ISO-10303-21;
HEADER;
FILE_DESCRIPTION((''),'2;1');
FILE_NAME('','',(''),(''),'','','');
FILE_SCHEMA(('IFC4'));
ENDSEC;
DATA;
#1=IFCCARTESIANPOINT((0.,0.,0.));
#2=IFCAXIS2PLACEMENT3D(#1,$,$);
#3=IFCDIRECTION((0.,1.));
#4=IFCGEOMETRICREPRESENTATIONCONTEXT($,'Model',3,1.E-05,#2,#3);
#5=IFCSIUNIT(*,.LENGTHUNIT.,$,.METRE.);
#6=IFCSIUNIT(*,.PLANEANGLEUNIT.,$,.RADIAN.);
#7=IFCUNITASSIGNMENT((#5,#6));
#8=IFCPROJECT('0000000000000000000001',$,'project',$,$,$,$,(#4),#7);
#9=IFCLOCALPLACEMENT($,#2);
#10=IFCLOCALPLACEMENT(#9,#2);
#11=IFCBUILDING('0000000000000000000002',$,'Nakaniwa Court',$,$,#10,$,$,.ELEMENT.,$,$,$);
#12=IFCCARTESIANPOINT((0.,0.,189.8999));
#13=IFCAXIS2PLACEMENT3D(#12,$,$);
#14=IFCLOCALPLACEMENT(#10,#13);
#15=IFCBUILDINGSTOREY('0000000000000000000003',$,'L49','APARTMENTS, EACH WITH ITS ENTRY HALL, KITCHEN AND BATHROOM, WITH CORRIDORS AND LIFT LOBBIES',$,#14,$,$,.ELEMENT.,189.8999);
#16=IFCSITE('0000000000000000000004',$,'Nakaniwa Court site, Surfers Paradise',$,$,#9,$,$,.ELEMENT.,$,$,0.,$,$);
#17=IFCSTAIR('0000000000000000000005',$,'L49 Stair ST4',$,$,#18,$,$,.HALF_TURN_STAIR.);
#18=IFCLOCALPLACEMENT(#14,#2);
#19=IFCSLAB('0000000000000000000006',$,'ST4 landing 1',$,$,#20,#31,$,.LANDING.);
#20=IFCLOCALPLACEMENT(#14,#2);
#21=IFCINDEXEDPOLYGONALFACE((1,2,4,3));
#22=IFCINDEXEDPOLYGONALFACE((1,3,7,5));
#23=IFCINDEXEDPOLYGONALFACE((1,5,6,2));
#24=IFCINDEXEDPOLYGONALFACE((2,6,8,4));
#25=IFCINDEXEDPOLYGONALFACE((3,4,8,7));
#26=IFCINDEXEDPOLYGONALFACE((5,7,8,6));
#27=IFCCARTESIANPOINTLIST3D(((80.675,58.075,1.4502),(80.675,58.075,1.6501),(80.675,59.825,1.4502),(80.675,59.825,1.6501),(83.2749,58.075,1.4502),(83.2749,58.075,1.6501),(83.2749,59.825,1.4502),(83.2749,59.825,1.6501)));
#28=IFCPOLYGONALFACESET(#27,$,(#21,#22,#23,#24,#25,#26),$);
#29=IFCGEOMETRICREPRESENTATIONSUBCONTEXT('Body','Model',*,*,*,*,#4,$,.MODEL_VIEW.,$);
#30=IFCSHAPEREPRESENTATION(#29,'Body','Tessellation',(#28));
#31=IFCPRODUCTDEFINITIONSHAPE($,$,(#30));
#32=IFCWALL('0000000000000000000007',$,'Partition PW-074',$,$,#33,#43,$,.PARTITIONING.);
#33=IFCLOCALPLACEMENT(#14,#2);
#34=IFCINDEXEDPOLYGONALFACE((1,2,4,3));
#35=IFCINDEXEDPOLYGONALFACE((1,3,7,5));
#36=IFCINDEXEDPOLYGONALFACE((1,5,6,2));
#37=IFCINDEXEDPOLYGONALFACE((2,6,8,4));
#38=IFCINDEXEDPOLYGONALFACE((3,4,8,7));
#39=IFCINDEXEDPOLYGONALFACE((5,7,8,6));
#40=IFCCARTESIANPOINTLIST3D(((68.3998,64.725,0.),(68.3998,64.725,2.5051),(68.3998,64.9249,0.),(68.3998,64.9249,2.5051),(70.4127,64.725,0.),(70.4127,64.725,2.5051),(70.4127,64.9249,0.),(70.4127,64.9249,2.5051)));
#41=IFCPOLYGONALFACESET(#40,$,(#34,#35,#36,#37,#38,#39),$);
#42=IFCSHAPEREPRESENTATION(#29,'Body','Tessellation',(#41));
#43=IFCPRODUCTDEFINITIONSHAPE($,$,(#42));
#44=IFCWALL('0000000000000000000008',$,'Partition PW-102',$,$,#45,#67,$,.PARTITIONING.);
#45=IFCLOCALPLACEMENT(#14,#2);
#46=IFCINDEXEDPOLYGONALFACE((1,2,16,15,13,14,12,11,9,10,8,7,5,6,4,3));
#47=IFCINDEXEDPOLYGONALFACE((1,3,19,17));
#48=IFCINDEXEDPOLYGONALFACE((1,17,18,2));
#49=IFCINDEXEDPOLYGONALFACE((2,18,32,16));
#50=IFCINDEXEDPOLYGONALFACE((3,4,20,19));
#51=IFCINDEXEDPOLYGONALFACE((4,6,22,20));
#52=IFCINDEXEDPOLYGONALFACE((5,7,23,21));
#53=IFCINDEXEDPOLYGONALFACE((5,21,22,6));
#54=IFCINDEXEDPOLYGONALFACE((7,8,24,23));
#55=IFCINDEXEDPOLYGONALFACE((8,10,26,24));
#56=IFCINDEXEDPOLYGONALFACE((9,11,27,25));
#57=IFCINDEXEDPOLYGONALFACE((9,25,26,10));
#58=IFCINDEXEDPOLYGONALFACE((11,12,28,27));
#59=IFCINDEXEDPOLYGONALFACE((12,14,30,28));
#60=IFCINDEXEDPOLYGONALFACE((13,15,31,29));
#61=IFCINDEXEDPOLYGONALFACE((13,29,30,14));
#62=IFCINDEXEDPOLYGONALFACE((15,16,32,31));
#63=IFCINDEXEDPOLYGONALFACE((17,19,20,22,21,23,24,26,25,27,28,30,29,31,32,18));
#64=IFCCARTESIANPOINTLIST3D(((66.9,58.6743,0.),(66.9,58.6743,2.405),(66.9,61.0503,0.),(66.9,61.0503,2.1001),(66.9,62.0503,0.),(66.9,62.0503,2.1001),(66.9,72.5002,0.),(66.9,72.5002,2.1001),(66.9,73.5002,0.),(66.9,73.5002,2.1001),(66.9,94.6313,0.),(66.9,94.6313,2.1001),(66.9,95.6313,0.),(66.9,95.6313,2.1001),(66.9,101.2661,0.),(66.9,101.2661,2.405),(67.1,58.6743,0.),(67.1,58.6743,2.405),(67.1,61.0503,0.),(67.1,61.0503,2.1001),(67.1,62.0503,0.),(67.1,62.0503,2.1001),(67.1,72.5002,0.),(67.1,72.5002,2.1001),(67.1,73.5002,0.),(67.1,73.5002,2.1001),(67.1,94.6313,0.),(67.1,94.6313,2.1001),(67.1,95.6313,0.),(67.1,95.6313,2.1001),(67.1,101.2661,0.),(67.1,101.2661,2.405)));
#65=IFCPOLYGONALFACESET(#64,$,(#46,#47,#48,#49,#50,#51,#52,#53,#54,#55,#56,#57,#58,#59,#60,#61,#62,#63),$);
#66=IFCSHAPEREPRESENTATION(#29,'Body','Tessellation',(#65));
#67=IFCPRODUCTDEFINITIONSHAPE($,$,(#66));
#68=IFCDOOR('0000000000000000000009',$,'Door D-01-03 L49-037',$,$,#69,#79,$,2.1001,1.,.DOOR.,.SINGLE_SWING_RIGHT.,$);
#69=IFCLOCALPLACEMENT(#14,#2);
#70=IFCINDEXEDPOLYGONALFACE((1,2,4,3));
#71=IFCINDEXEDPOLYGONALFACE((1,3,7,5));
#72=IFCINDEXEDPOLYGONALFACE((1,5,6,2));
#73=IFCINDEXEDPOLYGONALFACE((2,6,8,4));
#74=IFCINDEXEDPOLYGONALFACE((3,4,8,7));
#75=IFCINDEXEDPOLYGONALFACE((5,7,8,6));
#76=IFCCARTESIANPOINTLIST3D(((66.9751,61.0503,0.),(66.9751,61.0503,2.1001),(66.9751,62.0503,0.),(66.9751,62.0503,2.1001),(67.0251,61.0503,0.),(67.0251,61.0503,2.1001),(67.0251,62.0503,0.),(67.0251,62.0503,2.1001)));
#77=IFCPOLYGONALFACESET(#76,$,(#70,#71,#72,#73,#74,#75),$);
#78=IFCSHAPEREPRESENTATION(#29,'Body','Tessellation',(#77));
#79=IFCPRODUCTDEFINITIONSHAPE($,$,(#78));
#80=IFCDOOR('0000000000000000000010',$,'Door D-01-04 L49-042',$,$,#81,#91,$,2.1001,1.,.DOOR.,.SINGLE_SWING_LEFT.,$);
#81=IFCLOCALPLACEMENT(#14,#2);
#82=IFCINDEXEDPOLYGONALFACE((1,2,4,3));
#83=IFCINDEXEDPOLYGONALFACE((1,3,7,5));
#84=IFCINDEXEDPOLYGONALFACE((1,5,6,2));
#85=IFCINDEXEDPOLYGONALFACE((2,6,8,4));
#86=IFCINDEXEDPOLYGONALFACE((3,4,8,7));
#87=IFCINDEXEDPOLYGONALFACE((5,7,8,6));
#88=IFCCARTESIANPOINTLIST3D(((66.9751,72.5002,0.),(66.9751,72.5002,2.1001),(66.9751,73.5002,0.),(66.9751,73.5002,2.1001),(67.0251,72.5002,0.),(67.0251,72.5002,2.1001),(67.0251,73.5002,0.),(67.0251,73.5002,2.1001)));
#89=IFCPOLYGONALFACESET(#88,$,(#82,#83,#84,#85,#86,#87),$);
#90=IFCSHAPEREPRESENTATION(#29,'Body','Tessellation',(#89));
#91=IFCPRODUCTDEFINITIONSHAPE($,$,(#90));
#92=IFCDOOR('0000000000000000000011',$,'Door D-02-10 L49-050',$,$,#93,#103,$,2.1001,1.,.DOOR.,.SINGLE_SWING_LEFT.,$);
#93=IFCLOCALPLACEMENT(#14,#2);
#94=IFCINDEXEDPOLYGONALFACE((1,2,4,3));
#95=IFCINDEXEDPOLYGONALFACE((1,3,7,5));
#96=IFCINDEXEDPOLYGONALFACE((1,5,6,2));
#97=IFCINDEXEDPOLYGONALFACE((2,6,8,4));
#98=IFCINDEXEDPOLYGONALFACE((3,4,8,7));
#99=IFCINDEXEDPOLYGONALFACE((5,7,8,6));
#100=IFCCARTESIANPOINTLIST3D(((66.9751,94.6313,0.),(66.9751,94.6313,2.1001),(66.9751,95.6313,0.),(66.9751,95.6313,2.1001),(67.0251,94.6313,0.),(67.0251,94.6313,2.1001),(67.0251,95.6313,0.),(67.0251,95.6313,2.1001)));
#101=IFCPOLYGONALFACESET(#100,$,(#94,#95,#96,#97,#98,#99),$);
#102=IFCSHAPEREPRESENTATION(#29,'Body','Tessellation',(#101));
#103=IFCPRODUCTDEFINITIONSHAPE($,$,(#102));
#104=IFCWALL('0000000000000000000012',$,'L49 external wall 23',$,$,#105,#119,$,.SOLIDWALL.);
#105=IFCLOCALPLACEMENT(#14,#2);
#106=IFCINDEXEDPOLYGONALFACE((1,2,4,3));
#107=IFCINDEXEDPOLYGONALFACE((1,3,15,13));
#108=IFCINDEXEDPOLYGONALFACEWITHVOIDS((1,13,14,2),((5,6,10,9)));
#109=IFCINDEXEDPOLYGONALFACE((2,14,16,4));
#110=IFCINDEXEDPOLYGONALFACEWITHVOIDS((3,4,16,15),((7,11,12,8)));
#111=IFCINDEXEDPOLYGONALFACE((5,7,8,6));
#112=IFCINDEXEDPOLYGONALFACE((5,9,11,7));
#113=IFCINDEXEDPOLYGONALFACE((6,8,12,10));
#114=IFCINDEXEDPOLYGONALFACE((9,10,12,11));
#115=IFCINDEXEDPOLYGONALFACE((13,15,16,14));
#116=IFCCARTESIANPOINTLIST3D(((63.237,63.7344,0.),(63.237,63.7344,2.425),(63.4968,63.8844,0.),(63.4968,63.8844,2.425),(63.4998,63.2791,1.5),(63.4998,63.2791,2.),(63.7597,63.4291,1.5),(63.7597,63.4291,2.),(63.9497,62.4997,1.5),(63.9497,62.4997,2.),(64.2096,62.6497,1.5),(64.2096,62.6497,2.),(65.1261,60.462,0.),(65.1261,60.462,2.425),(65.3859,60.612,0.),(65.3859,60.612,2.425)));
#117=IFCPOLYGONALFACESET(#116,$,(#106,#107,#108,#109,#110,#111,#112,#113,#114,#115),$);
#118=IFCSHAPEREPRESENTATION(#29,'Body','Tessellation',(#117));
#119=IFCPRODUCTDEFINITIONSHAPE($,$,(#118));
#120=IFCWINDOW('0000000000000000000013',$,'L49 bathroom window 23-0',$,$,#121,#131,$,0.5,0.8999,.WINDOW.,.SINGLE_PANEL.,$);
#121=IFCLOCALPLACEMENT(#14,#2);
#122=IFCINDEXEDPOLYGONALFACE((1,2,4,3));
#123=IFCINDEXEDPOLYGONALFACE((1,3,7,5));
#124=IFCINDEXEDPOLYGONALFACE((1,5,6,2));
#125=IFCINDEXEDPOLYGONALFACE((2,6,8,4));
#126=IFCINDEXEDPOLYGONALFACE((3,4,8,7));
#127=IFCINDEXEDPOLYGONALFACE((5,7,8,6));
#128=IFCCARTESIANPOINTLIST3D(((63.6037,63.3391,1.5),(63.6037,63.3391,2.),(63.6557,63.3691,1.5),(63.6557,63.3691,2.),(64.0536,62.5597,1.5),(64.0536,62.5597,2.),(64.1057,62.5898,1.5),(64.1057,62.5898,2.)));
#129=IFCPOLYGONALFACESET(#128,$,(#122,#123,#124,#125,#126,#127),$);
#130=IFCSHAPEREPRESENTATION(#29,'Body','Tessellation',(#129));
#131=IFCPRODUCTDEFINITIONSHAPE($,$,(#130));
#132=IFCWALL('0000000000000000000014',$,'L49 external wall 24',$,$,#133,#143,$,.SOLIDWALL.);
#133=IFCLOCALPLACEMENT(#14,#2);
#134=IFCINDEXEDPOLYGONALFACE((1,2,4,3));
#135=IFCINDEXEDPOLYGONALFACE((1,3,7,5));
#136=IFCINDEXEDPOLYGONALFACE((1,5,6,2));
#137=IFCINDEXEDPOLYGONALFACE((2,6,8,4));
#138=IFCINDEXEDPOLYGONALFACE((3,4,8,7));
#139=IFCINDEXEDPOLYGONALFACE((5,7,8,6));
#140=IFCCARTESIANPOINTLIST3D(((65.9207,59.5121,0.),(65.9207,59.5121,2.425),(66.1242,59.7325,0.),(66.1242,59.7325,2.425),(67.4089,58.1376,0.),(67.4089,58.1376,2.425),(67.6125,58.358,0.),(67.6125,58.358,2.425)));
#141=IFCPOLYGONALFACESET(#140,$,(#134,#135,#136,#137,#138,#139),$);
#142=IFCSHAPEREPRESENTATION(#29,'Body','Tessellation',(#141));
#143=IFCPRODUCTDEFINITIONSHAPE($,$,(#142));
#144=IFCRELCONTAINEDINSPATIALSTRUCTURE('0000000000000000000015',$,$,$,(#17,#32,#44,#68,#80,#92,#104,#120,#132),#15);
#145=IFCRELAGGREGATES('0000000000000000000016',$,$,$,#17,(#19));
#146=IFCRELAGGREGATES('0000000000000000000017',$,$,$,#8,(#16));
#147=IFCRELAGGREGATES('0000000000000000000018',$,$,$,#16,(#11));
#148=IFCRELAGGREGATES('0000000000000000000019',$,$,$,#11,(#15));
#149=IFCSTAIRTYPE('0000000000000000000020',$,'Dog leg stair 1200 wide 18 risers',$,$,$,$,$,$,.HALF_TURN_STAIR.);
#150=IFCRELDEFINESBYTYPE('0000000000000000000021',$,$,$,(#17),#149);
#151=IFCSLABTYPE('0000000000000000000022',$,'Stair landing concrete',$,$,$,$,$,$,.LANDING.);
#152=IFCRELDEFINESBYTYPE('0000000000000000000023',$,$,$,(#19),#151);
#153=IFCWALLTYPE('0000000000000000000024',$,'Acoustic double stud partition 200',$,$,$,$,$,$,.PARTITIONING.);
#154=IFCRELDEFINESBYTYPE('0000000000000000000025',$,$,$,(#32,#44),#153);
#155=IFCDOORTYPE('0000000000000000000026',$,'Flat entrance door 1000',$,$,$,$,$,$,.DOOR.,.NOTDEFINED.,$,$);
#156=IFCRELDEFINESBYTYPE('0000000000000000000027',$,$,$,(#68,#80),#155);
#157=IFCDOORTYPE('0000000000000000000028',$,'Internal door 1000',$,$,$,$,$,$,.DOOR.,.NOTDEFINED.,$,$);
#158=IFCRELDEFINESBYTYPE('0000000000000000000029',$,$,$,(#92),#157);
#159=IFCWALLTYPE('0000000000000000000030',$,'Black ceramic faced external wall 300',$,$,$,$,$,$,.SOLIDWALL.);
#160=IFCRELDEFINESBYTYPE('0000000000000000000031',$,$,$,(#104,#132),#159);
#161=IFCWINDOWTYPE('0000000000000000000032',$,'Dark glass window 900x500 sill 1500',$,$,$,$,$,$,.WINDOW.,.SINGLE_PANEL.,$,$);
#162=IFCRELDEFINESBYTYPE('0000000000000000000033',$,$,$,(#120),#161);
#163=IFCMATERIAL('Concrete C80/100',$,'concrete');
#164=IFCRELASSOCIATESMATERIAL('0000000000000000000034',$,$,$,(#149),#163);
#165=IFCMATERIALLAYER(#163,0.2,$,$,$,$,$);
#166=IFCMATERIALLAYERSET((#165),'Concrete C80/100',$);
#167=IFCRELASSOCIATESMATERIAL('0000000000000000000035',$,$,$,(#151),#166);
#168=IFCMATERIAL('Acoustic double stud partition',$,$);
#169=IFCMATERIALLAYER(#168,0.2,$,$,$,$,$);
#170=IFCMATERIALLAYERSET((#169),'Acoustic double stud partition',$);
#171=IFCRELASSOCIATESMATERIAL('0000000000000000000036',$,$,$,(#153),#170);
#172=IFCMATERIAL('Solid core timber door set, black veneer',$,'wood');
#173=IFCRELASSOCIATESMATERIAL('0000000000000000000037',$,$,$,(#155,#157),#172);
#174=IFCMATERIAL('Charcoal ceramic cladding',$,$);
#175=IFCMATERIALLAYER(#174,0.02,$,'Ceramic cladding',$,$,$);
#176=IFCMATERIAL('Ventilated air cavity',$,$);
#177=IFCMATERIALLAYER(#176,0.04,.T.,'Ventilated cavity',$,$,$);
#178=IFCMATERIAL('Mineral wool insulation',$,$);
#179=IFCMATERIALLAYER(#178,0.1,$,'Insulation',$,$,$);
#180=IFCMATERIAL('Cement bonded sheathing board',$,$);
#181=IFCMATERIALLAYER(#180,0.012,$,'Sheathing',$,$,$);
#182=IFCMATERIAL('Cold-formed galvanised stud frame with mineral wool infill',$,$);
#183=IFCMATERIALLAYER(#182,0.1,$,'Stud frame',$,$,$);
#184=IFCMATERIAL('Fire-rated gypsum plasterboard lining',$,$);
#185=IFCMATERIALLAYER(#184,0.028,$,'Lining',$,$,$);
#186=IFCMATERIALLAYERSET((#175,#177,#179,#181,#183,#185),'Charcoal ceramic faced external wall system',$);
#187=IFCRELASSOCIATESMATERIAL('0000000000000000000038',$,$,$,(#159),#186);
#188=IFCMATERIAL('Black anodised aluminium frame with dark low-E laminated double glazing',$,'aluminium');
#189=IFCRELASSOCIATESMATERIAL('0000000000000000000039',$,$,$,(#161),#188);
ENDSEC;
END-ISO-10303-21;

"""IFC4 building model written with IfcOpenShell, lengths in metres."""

from ifc_helpers import new_model, si_unit, direction, frame, frame_2d, origin, place, context, subcontext, project, spatial, polyline, rectangle, outline, extrude, material, layer, layer_set, type_object, element, fill, aggregate, save


model = new_model("IFC4")

# Units and contexts
model_context = context("Model", 3, precision=1e-05, world=origin(), true_north=direction((0.0, 1.0)))
body_context = subcontext(model_context, "Body", "Model", "MODEL_VIEW")
ifc_project = project(units=[si_unit("LENGTHUNIT", "METRE"), si_unit("PLANEANGLEUNIT", "RADIAN")], contexts=[model_context])

# Site, building, storey
site_placement = place(None, origin())
site = spatial("IfcSite", under=ifc_project, at=site_placement, Name="Nakaniwa Court site, Surfers Paradise", CompositionType="ELEMENT", RefElevation=0.0)
building_placement = place(site_placement, origin())
building = spatial("IfcBuilding", under=site, at=building_placement, Name="Nakaniwa Court", CompositionType="ELEMENT")
storey_placement = place(building_placement, frame((0.0, 0.0, 189.8999)))
storey = spatial("IfcBuildingStorey", under=building, at=storey_placement, Name="L49", Description="APARTMENTS, EACH WITH ITS ENTRY HALL, KITCHEN AND BATHROOM, WITH CORRIDORS AND LIFT LOBBIES", CompositionType="ELEMENT", Elevation=189.8999)

# Shared definitions
ifc_material_1 = material(Name="Concrete C80/100", Category="concrete")

# Stair, slab
stair_type = type_object("IfcStairType", Name="Dog leg stair 1200 wide 18 risers", PredefinedType="HALF_TURN_STAIR", material=ifc_material_1)
ifc_layer_1 = layer(ifc_material_1, 0.2)
ifc_layer_set_1 = layer_set([ifc_layer_1], Name="Concrete C80/100")
slab_type_1 = type_object("IfcSlabType", Name="Stair landing concrete", PredefinedType="LANDING", material=ifc_layer_set_1)
stair_1_placement = place(storey_placement, origin())
stair_1 = element("IfcStair", 1, at=stair_1_placement, inside=storey, type_object=stair_type, Name="L49 Stair ST4", PredefinedType="HALF_TURN_STAIR")
slab_1_placement = place(storey_placement, frame((0.0, 0.0, 1.4502)))
slab_1 = element("IfcSlab", 2, at=slab_1_placement, type_object=slab_type_1, Name="ST4 landing 1", PredefinedType="LANDING", context=body_context, shape_type="SweptSolid", body=[
    extrude(outline(polyline([(83.2749, 58.075), (83.2749, 59.825), (80.675, 59.825), (80.675, 58.075), (83.2749, 58.075)])), origin(), (0.0, 0.0, 1.0), 0.2),
])
aggregate(stair_1, [slab_1])

# Wall
ifc_material_2 = material(Name="Acoustic double stud partition")
ifc_layer_2 = layer(ifc_material_2, 0.2)
ifc_layer_set_2 = layer_set([ifc_layer_2], Name="Acoustic double stud partition")
wall_type_1 = type_object("IfcWallType", Name="Acoustic double stud partition 200", PredefinedType="PARTITIONING", material=ifc_layer_set_2)
wall_1_placement = place(storey_placement, frame((68.3999, 64.825, 0.0), z_axis=(0.0, 0.0, 1.0), x_axis=(1.0, 0.0, 0.0)))
element("IfcWall", 3, at=wall_1_placement, inside=storey, type_object=wall_type_1, Name="Partition PW-074", PredefinedType="PARTITIONING", context=body_context, shape_type="SweptSolid", body=[
    extrude(rectangle(XDim=2.0129, YDim=0.2, at=frame_2d((1.0063, 0.0))), origin(), (0.0, 0.0, 1.0), 2.5051),
])

# Wall, openings, doors
wall_2_placement = place(storey_placement, frame((67.0, 58.6743, 0.0), z_axis=(0.0, 0.0, 1.0), x_axis=(0.0, 1.0, 0.0)))
wall_2 = element("IfcWall", 4, at=wall_2_placement, inside=storey, type_object=wall_type_1, Name="Partition PW-102", PredefinedType="PARTITIONING", context=body_context, shape_type="SweptSolid", body=[
    extrude(rectangle(XDim=42.5918, YDim=0.2, at=frame_2d((21.2959, 0.0))), origin(), (0.0, 0.0, 1.0), 2.405),
])
opening_1_placement = place(wall_2_placement, frame((2.376, 0.0, 0.0)))
opening_1 = element("IfcOpeningElement", 5, at=opening_1_placement, cuts=wall_2, PredefinedType="OPENING", context=body_context, shape_type="SweptSolid", body=[
    extrude(rectangle(XDim=1.0, YDim=2.1001, at=frame_2d((0.5, 1.05))), frame((0.0, 0.1099, 0.0), z_axis=(0.0, -1.0, 0.0), x_axis=(1.0, 0.0, 0.0)), (0.0, 0.0, 1.0), 0.22),
])
opening_2_placement = place(wall_2_placement, frame((13.8259, 0.0, 0.0)))
opening_2 = element("IfcOpeningElement", 6, at=opening_2_placement, cuts=wall_2, PredefinedType="OPENING", context=body_context, shape_type="SweptSolid", body=[
    extrude(rectangle(XDim=1.0, YDim=2.1001, at=frame_2d((0.5, 1.05))), frame((0.0, 0.1099, 0.0), z_axis=(0.0, -1.0, 0.0), x_axis=(1.0, 0.0, 0.0)), (0.0, 0.0, 1.0), 0.22),
])
opening_3_placement = place(wall_2_placement, frame((35.957, 0.0, 0.0)))
opening_3 = element("IfcOpeningElement", 7, at=opening_3_placement, cuts=wall_2, PredefinedType="OPENING", context=body_context, shape_type="SweptSolid", body=[
    extrude(rectangle(XDim=1.0, YDim=2.1001, at=frame_2d((0.5, 1.05))), frame((0.0, 0.1099, 0.0), z_axis=(0.0, -1.0, 0.0), x_axis=(1.0, 0.0, 0.0)), (0.0, 0.0, 1.0), 0.22),
])
ifc_material_3 = material(Name="Solid core timber door set, black veneer", Category="wood")
door_type_1 = type_object("IfcDoorType", Name="Flat entrance door 1000", OperationType="NOTDEFINED", PredefinedType="DOOR", material=ifc_material_3)
door_1_placement = place(opening_1_placement, origin())
door_1 = element("IfcDoor", 8, at=door_1_placement, inside=storey, type_object=door_type_1, Name="Door D-01-03 L49-037", OperationType="SINGLE_SWING_RIGHT", OverallHeight=2.1001, OverallWidth=1.0, PredefinedType="DOOR", context=body_context, shape_type="SweptSolid", body=[
    extrude(rectangle(XDim=1.0, YDim=2.1001, at=frame_2d((0.5, 1.05))), frame((0.0, 0.0249, 0.0), z_axis=(0.0, -1.0, 0.0), x_axis=(1.0, 0.0, 0.0)), (0.0, 0.0, 1.0), 0.05),
])
fill(opening_1, door_1)
door_2_placement = place(opening_2_placement, origin())
door_2 = element("IfcDoor", 9, at=door_2_placement, inside=storey, type_object=door_type_1, Name="Door D-01-04 L49-042", OperationType="SINGLE_SWING_LEFT", OverallHeight=2.1001, OverallWidth=1.0, PredefinedType="DOOR", context=body_context, shape_type="SweptSolid", body=[
    extrude(rectangle(XDim=1.0, YDim=2.1001, at=frame_2d((0.5, 1.05))), frame((0.0, 0.0249, 0.0), z_axis=(0.0, -1.0, 0.0), x_axis=(1.0, 0.0, 0.0)), (0.0, 0.0, 1.0), 0.05),
])
fill(opening_2, door_2)
door_type_2 = type_object("IfcDoorType", Name="Internal door 1000", OperationType="NOTDEFINED", PredefinedType="DOOR", material=ifc_material_3)
door_3_placement = place(opening_3_placement, origin())
door_3 = element("IfcDoor", 10, at=door_3_placement, inside=storey, type_object=door_type_2, Name="Door D-02-10 L49-050", OperationType="SINGLE_SWING_LEFT", OverallHeight=2.1001, OverallWidth=1.0, PredefinedType="DOOR", context=body_context, shape_type="SweptSolid", body=[
    extrude(rectangle(XDim=1.0, YDim=2.1001, at=frame_2d((0.5, 1.05))), frame((0.0, 0.0249, 0.0), z_axis=(0.0, -1.0, 0.0), x_axis=(1.0, 0.0, 0.0)), (0.0, 0.0, 1.0), 0.05),
])
fill(opening_3, door_3)

# Wall, opening, window
ifc_material_4 = material(Name="Charcoal ceramic cladding")
ifc_layer_3 = layer(ifc_material_4, 0.02, Name="Ceramic cladding")
ifc_material_5 = material(Name="Ventilated air cavity")
ifc_layer_4 = layer(ifc_material_5, 0.04, ventilated=True, Name="Ventilated cavity")
ifc_material_6 = material(Name="Mineral wool insulation")
ifc_layer_5 = layer(ifc_material_6, 0.1, Name="Insulation")
ifc_material_7 = material(Name="Cement bonded sheathing board")
ifc_layer_6 = layer(ifc_material_7, 0.012, Name="Sheathing")
ifc_material_8 = material(Name="Cold-formed galvanised stud frame with mineral wool infill")
ifc_layer_7 = layer(ifc_material_8, 0.1, Name="Stud frame")
ifc_material_9 = material(Name="Fire-rated gypsum plasterboard lining")
ifc_layer_8 = layer(ifc_material_9, 0.028, Name="Lining")
ifc_layer_set_3 = layer_set([ifc_layer_3, ifc_layer_4, ifc_layer_5, ifc_layer_6, ifc_layer_7, ifc_layer_8], Name="Charcoal ceramic faced external wall system")
wall_type_2 = type_object("IfcWallType", Name="Black ceramic faced external wall 300", PredefinedType="SOLIDWALL", material=ifc_layer_set_3)
wall_3_placement = place(storey_placement, frame((63.3669, 63.8093, 0.0), z_axis=(0.0, 0.0, 1.0), x_axis=(0.499961, -0.866048, 0.0)))
wall_3 = element("IfcWall", 11, at=wall_3_placement, inside=storey, type_object=wall_type_2, Name="L49 external wall 23", PredefinedType="SOLIDWALL", context=body_context, shape_type="SweptSolid", body=[
    extrude(rectangle(XDim=3.7786, YDim=0.3, at=frame_2d((1.8892, 0.0))), origin(), (0.0, 0.0, 1.0), 2.425),
])
opening_4_placement = place(wall_3_placement, frame((0.5256, 0.0, 1.5)))
opening_4 = element("IfcOpeningElement", 12, at=opening_4_placement, cuts=wall_3, PredefinedType="OPENING", context=body_context, shape_type="SweptSolid", body=[
    extrude(rectangle(XDim=0.8999, YDim=0.5, at=frame_2d((0.45, 0.25))), frame((0.0, 0.1599, 0.0), z_axis=(0.0, -1.0, 0.0), x_axis=(1.0, 0.0, 0.0)), (0.0, 0.0, 1.0), 0.3201),
])
ifc_material_10 = material(Name="Black anodised aluminium frame with dark low-E laminated double glazing", Category="aluminium")
window_type_1 = type_object("IfcWindowType", Name="Dark glass window 900x500 sill 1500", PartitioningType="SINGLE_PANEL", PredefinedType="WINDOW", material=ifc_material_10)
window_1_placement = place(opening_4_placement, origin())
window_1 = element("IfcWindow", 13, at=window_1_placement, inside=storey, type_object=window_type_1, Name="L49 bathroom window 23-0", OverallHeight=0.5, OverallWidth=0.8999, PartitioningType="SINGLE_PANEL", PredefinedType="WINDOW", context=body_context, shape_type="SweptSolid", body=[
    extrude(rectangle(XDim=0.8999, YDim=0.5, at=frame_2d((0.45, 0.25))), frame((0.0, 0.03, 0.0), z_axis=(0.0, -1.0, 0.0), x_axis=(1.0, 0.0, 0.0)), (0.0, 0.0, 1.0), 0.0601),
])
fill(opening_4, window_1)

# Wall
wall_4_placement = place(storey_placement, frame((66.0225, 59.6223, 0.0), z_axis=(0.0, 0.0, 1.0), x_axis=(0.734628, -0.67847, 0.0)))
element("IfcWall", 14, at=wall_4_placement, inside=storey, type_object=wall_type_2, Name="L49 external wall 24", PredefinedType="SOLIDWALL", context=body_context, shape_type="SweptSolid", body=[
    extrude(rectangle(XDim=2.0259, YDim=0.3, at=frame_2d((1.0129, 0.0))), origin(), (0.0, 0.0, 1.0), 2.425),
])

save(model, "model.ifc")
